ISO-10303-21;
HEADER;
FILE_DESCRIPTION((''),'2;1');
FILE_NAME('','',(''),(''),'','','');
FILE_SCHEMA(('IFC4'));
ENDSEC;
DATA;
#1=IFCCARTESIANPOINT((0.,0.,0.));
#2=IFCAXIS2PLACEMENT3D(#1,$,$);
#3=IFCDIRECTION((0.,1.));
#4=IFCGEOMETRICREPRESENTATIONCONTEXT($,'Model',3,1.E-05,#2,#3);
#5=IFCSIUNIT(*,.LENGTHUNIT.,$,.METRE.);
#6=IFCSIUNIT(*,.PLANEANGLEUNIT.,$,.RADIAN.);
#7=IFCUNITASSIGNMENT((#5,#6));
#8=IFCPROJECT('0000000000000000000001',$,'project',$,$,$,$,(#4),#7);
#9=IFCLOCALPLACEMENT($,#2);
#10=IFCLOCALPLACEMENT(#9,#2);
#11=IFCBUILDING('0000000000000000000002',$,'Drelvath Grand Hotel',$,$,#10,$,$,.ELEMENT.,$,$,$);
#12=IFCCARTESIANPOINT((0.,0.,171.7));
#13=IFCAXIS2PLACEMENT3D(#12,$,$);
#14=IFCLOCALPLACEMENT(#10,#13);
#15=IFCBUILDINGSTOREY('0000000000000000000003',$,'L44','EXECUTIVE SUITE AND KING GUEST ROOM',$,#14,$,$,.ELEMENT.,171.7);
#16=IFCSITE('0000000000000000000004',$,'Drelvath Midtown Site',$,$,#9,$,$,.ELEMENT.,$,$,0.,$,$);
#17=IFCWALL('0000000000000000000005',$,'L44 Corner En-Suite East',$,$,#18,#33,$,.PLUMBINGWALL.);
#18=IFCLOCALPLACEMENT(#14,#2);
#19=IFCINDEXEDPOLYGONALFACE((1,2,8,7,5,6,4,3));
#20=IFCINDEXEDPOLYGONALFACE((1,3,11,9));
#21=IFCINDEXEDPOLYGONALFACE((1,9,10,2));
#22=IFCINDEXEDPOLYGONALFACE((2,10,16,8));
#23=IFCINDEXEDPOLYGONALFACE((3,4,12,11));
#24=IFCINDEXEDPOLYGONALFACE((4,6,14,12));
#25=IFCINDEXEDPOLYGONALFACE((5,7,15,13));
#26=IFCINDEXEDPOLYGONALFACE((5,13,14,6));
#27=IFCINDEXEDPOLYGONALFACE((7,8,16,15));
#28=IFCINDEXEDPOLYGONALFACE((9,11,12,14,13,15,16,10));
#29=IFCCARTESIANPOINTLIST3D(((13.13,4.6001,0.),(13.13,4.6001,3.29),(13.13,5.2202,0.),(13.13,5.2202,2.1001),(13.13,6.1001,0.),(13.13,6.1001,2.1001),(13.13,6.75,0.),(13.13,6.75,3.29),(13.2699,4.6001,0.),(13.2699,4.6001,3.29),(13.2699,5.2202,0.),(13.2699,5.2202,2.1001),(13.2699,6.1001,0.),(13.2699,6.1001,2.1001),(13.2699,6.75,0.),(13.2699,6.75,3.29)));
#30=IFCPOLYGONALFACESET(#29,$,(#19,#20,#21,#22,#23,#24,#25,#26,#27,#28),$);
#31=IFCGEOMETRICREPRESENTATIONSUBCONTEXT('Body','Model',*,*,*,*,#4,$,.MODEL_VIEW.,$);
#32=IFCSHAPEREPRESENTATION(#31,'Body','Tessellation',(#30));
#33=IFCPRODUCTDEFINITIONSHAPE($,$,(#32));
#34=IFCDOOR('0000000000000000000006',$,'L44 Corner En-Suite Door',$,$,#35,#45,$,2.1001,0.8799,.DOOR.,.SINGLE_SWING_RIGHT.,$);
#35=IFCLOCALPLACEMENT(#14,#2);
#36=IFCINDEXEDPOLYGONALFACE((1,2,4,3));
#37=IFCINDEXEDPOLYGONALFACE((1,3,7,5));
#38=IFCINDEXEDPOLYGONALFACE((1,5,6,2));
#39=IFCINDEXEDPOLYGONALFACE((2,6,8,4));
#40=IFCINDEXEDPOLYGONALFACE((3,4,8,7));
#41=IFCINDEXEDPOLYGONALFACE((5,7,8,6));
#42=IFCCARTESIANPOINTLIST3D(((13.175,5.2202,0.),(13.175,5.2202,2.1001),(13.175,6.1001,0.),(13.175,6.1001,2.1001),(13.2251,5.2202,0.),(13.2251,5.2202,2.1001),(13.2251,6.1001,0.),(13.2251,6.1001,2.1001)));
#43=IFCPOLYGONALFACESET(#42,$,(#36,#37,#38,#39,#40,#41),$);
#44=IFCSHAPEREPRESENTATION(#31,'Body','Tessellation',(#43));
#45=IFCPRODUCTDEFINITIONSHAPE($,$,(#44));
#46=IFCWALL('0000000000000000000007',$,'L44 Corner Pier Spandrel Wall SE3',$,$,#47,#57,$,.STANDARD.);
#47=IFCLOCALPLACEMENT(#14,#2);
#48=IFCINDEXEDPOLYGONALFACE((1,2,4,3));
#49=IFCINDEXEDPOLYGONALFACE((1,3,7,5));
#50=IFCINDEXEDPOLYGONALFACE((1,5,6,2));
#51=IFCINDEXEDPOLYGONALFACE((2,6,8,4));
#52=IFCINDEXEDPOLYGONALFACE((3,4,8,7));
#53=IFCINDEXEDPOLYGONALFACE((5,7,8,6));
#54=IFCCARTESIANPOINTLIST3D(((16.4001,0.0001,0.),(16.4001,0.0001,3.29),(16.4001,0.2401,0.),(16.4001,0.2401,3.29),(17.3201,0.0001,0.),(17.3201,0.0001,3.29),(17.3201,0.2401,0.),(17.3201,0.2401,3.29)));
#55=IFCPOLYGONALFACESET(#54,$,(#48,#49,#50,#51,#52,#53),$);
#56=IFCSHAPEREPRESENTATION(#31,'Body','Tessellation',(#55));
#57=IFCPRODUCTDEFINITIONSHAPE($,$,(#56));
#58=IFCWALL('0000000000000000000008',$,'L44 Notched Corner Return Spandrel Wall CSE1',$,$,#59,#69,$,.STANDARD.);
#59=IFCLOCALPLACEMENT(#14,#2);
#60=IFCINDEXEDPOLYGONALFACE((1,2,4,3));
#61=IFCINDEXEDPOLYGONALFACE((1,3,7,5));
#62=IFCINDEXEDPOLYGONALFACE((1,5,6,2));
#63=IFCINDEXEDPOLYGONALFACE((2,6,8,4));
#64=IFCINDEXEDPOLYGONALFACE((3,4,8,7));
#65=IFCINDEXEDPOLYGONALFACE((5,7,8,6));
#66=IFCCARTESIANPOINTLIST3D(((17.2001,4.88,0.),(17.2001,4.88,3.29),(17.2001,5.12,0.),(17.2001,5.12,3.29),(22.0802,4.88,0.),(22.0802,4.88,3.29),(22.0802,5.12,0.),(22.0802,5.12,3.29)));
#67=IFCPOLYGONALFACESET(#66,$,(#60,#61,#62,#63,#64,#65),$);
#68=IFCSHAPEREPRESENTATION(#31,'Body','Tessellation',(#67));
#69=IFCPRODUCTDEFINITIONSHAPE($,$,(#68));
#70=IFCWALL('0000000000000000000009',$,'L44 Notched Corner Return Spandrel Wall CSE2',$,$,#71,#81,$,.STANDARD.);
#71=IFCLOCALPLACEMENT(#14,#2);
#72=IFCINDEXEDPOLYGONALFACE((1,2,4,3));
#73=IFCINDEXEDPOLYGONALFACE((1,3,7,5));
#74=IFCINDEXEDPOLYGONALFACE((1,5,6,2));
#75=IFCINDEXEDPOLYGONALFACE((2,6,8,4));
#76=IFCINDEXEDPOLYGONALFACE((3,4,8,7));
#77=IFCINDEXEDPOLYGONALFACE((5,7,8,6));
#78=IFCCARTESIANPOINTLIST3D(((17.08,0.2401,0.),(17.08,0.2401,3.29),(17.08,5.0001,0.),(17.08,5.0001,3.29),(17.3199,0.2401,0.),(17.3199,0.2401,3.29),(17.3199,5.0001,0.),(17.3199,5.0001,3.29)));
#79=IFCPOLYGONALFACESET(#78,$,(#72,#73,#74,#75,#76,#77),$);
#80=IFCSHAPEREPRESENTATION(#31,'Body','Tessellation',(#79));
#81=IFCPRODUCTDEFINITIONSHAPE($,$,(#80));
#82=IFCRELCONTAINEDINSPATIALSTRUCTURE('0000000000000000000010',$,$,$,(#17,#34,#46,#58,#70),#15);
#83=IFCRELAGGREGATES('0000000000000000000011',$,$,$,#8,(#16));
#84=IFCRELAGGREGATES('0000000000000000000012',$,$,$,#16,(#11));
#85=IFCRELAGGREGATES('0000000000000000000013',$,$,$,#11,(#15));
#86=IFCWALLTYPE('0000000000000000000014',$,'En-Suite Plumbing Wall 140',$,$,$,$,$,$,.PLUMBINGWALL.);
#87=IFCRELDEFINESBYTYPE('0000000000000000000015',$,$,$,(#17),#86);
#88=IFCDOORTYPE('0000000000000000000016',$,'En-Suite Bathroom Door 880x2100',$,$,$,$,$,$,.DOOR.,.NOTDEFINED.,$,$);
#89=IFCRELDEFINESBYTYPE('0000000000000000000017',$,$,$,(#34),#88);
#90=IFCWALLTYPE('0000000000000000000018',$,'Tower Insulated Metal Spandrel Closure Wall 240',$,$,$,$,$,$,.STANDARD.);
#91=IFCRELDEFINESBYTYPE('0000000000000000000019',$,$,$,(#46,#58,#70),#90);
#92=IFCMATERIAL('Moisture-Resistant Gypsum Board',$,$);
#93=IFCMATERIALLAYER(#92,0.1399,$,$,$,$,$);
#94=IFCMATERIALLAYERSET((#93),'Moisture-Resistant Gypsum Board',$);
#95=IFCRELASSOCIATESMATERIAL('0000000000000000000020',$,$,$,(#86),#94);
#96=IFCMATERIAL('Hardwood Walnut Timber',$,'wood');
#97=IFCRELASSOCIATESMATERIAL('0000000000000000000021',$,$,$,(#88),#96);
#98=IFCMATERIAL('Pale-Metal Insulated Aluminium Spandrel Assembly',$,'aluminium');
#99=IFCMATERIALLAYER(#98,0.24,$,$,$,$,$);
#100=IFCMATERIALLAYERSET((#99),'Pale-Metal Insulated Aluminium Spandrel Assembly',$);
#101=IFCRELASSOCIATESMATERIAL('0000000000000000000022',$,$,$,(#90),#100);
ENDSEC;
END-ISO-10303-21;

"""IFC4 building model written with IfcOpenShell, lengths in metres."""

from ifc_helpers import new_model, si_unit, direction, frame, frame_2d, origin, place, context, subcontext, project, spatial, rectangle, extrude, material, layer, layer_set, type_object, element, fill, save


model = new_model("IFC4")

# Units and contexts
model_context = context("Model", 3, precision=1e-05, world=origin(), true_north=direction((0.0, 1.0)))
body_context = subcontext(model_context, "Body", "Model", "MODEL_VIEW")
ifc_project = project(units=[si_unit("LENGTHUNIT", "METRE"), si_unit("PLANEANGLEUNIT", "RADIAN")], contexts=[model_context])

# Site, building, storey
site_placement = place(None, origin())
site = spatial("IfcSite", under=ifc_project, at=site_placement, Name="Drelvath Midtown Site", CompositionType="ELEMENT", RefElevation=0.0)
building_placement = place(site_placement, origin())
building = spatial("IfcBuilding", under=site, at=building_placement, Name="Drelvath Grand Hotel", CompositionType="ELEMENT")
storey_placement = place(building_placement, frame((0.0, 0.0, 171.7)))
storey = spatial("IfcBuildingStorey", under=building, at=storey_placement, Name="L44", Description="EXECUTIVE SUITE AND KING GUEST ROOM", CompositionType="ELEMENT", Elevation=171.7)

# Shared definitions
ifc_material_1 = material(Name="Hardwood Walnut Timber", Category="wood")

# Shared definitions
ifc_material_2 = material(Name="Moisture-Resistant Gypsum Board")
ifc_layer_1 = layer(ifc_material_2, 0.1399)
ifc_layer_set_1 = layer_set([ifc_layer_1], Name="Moisture-Resistant Gypsum Board")
wall_type_1 = type_object("IfcWallType", Name="En-Suite Plumbing Wall 140", PredefinedType="PLUMBINGWALL", material=ifc_layer_set_1)

# Wall, opening, door
wall_1_placement = place(storey_placement, frame((13.2, 4.6001, 0.0), z_axis=(0.0, 0.0, 1.0), x_axis=(0.0, 1.0, 0.0)))
wall_1 = element("IfcWall", 1, at=wall_1_placement, inside=storey, type_object=wall_type_1, Name="L44 Corner En-Suite East", PredefinedType="PLUMBINGWALL", context=body_context, shape_type="SweptSolid", body=[
    extrude(rectangle(XDim=2.1499, YDim=0.1399, at=frame_2d((1.075, 0.0))), origin(), (0.0, 0.0, 1.0), 3.29),
])
opening_1_placement = place(wall_1_placement, frame((0.6201, 0.0, 0.0)))
opening_1 = element("IfcOpeningElement", 2, at=opening_1_placement, cuts=wall_1, PredefinedType="OPENING", context=body_context, shape_type="SweptSolid", body=[
    extrude(rectangle(XDim=0.8799, YDim=2.1001, at=frame_2d((0.4399, 1.05))), frame((0.0, 0.0798, 0.0), z_axis=(0.0, -1.0, 0.0), x_axis=(1.0, 0.0, 0.0)), (0.0, 0.0, 1.0), 0.1599),
])
door_type_1 = type_object("IfcDoorType", Name="En-Suite Bathroom Door 880x2100", OperationType="NOTDEFINED", PredefinedType="DOOR", material=ifc_material_1)
door_1_placement = place(opening_1_placement, origin())
door_1 = element("IfcDoor", 3, at=door_1_placement, inside=storey, type_object=door_type_1, Name="L44 Corner En-Suite Door", OperationType="SINGLE_SWING_RIGHT", OverallHeight=2.1001, OverallWidth=0.8799, PredefinedType="DOOR", context=body_context, shape_type="SweptSolid", body=[
    extrude(rectangle(XDim=0.8799, YDim=2.1001, at=frame_2d((0.4399, 1.05))), frame((0.0, 0.0249, 0.0), z_axis=(0.0, -1.0, 0.0), x_axis=(1.0, 0.0, 0.0)), (0.0, 0.0, 1.0), 0.05),
])
fill(opening_1, door_1)

# Walls
ifc_material_3 = material(Name="Pale-Metal Insulated Aluminium Spandrel Assembly", Category="aluminium")
ifc_layer_2 = layer(ifc_material_3, 0.24)
ifc_layer_set_2 = layer_set([ifc_layer_2], Name="Pale-Metal Insulated Aluminium Spandrel Assembly")
wall_type_2 = type_object("IfcWallType", Name="Tower Insulated Metal Spandrel Closure Wall 240", PredefinedType="STANDARD", material=ifc_layer_set_2)
wall_2_placement = place(storey_placement, frame((17.3201, 0.1201, 0.0), z_axis=(0.0, 0.0, 1.0), x_axis=(-1.0, 0.0, 0.0)))
element("IfcWall", 4, at=wall_2_placement, inside=storey, type_object=wall_type_2, Name="L44 Corner Pier Spandrel Wall SE3", PredefinedType="STANDARD", context=body_context, shape_type="SweptSolid", body=[
    extrude(rectangle(XDim=0.9199, YDim=0.24, at=frame_2d((0.46, 0.0))), origin(), (0.0, 0.0, 1.0), 3.29),
])
wall_3_placement = place(storey_placement, frame((22.0801, 5.0, 0.0), z_axis=(0.0, 0.0, 1.0), x_axis=(-1.0, 0.0, 0.0)))
element("IfcWall", 5, at=wall_3_placement, inside=storey, type_object=wall_type_2, Name="L44 Notched Corner Return Spandrel Wall CSE1", PredefinedType="STANDARD", context=body_context, shape_type="SweptSolid", body=[
    extrude(rectangle(XDim=4.8801, YDim=0.24, at=frame_2d((2.4399, 0.0))), origin(), (0.0, 0.0, 1.0), 3.29),
])
wall_4_placement = place(storey_placement, frame((17.2, 5.0, 0.0), z_axis=(0.0, 0.0, 1.0), x_axis=(0.0, -1.0, 0.0)))
element("IfcWall", 6, at=wall_4_placement, inside=storey, type_object=wall_type_2, Name="L44 Notched Corner Return Spandrel Wall CSE2", PredefinedType="STANDARD", context=body_context, shape_type="SweptSolid", body=[
    extrude(rectangle(XDim=4.76, YDim=0.24, at=frame_2d((2.3799, 0.0))), origin(), (0.0, 0.0, 1.0), 3.29),
])

save(model, "model.ifc")
